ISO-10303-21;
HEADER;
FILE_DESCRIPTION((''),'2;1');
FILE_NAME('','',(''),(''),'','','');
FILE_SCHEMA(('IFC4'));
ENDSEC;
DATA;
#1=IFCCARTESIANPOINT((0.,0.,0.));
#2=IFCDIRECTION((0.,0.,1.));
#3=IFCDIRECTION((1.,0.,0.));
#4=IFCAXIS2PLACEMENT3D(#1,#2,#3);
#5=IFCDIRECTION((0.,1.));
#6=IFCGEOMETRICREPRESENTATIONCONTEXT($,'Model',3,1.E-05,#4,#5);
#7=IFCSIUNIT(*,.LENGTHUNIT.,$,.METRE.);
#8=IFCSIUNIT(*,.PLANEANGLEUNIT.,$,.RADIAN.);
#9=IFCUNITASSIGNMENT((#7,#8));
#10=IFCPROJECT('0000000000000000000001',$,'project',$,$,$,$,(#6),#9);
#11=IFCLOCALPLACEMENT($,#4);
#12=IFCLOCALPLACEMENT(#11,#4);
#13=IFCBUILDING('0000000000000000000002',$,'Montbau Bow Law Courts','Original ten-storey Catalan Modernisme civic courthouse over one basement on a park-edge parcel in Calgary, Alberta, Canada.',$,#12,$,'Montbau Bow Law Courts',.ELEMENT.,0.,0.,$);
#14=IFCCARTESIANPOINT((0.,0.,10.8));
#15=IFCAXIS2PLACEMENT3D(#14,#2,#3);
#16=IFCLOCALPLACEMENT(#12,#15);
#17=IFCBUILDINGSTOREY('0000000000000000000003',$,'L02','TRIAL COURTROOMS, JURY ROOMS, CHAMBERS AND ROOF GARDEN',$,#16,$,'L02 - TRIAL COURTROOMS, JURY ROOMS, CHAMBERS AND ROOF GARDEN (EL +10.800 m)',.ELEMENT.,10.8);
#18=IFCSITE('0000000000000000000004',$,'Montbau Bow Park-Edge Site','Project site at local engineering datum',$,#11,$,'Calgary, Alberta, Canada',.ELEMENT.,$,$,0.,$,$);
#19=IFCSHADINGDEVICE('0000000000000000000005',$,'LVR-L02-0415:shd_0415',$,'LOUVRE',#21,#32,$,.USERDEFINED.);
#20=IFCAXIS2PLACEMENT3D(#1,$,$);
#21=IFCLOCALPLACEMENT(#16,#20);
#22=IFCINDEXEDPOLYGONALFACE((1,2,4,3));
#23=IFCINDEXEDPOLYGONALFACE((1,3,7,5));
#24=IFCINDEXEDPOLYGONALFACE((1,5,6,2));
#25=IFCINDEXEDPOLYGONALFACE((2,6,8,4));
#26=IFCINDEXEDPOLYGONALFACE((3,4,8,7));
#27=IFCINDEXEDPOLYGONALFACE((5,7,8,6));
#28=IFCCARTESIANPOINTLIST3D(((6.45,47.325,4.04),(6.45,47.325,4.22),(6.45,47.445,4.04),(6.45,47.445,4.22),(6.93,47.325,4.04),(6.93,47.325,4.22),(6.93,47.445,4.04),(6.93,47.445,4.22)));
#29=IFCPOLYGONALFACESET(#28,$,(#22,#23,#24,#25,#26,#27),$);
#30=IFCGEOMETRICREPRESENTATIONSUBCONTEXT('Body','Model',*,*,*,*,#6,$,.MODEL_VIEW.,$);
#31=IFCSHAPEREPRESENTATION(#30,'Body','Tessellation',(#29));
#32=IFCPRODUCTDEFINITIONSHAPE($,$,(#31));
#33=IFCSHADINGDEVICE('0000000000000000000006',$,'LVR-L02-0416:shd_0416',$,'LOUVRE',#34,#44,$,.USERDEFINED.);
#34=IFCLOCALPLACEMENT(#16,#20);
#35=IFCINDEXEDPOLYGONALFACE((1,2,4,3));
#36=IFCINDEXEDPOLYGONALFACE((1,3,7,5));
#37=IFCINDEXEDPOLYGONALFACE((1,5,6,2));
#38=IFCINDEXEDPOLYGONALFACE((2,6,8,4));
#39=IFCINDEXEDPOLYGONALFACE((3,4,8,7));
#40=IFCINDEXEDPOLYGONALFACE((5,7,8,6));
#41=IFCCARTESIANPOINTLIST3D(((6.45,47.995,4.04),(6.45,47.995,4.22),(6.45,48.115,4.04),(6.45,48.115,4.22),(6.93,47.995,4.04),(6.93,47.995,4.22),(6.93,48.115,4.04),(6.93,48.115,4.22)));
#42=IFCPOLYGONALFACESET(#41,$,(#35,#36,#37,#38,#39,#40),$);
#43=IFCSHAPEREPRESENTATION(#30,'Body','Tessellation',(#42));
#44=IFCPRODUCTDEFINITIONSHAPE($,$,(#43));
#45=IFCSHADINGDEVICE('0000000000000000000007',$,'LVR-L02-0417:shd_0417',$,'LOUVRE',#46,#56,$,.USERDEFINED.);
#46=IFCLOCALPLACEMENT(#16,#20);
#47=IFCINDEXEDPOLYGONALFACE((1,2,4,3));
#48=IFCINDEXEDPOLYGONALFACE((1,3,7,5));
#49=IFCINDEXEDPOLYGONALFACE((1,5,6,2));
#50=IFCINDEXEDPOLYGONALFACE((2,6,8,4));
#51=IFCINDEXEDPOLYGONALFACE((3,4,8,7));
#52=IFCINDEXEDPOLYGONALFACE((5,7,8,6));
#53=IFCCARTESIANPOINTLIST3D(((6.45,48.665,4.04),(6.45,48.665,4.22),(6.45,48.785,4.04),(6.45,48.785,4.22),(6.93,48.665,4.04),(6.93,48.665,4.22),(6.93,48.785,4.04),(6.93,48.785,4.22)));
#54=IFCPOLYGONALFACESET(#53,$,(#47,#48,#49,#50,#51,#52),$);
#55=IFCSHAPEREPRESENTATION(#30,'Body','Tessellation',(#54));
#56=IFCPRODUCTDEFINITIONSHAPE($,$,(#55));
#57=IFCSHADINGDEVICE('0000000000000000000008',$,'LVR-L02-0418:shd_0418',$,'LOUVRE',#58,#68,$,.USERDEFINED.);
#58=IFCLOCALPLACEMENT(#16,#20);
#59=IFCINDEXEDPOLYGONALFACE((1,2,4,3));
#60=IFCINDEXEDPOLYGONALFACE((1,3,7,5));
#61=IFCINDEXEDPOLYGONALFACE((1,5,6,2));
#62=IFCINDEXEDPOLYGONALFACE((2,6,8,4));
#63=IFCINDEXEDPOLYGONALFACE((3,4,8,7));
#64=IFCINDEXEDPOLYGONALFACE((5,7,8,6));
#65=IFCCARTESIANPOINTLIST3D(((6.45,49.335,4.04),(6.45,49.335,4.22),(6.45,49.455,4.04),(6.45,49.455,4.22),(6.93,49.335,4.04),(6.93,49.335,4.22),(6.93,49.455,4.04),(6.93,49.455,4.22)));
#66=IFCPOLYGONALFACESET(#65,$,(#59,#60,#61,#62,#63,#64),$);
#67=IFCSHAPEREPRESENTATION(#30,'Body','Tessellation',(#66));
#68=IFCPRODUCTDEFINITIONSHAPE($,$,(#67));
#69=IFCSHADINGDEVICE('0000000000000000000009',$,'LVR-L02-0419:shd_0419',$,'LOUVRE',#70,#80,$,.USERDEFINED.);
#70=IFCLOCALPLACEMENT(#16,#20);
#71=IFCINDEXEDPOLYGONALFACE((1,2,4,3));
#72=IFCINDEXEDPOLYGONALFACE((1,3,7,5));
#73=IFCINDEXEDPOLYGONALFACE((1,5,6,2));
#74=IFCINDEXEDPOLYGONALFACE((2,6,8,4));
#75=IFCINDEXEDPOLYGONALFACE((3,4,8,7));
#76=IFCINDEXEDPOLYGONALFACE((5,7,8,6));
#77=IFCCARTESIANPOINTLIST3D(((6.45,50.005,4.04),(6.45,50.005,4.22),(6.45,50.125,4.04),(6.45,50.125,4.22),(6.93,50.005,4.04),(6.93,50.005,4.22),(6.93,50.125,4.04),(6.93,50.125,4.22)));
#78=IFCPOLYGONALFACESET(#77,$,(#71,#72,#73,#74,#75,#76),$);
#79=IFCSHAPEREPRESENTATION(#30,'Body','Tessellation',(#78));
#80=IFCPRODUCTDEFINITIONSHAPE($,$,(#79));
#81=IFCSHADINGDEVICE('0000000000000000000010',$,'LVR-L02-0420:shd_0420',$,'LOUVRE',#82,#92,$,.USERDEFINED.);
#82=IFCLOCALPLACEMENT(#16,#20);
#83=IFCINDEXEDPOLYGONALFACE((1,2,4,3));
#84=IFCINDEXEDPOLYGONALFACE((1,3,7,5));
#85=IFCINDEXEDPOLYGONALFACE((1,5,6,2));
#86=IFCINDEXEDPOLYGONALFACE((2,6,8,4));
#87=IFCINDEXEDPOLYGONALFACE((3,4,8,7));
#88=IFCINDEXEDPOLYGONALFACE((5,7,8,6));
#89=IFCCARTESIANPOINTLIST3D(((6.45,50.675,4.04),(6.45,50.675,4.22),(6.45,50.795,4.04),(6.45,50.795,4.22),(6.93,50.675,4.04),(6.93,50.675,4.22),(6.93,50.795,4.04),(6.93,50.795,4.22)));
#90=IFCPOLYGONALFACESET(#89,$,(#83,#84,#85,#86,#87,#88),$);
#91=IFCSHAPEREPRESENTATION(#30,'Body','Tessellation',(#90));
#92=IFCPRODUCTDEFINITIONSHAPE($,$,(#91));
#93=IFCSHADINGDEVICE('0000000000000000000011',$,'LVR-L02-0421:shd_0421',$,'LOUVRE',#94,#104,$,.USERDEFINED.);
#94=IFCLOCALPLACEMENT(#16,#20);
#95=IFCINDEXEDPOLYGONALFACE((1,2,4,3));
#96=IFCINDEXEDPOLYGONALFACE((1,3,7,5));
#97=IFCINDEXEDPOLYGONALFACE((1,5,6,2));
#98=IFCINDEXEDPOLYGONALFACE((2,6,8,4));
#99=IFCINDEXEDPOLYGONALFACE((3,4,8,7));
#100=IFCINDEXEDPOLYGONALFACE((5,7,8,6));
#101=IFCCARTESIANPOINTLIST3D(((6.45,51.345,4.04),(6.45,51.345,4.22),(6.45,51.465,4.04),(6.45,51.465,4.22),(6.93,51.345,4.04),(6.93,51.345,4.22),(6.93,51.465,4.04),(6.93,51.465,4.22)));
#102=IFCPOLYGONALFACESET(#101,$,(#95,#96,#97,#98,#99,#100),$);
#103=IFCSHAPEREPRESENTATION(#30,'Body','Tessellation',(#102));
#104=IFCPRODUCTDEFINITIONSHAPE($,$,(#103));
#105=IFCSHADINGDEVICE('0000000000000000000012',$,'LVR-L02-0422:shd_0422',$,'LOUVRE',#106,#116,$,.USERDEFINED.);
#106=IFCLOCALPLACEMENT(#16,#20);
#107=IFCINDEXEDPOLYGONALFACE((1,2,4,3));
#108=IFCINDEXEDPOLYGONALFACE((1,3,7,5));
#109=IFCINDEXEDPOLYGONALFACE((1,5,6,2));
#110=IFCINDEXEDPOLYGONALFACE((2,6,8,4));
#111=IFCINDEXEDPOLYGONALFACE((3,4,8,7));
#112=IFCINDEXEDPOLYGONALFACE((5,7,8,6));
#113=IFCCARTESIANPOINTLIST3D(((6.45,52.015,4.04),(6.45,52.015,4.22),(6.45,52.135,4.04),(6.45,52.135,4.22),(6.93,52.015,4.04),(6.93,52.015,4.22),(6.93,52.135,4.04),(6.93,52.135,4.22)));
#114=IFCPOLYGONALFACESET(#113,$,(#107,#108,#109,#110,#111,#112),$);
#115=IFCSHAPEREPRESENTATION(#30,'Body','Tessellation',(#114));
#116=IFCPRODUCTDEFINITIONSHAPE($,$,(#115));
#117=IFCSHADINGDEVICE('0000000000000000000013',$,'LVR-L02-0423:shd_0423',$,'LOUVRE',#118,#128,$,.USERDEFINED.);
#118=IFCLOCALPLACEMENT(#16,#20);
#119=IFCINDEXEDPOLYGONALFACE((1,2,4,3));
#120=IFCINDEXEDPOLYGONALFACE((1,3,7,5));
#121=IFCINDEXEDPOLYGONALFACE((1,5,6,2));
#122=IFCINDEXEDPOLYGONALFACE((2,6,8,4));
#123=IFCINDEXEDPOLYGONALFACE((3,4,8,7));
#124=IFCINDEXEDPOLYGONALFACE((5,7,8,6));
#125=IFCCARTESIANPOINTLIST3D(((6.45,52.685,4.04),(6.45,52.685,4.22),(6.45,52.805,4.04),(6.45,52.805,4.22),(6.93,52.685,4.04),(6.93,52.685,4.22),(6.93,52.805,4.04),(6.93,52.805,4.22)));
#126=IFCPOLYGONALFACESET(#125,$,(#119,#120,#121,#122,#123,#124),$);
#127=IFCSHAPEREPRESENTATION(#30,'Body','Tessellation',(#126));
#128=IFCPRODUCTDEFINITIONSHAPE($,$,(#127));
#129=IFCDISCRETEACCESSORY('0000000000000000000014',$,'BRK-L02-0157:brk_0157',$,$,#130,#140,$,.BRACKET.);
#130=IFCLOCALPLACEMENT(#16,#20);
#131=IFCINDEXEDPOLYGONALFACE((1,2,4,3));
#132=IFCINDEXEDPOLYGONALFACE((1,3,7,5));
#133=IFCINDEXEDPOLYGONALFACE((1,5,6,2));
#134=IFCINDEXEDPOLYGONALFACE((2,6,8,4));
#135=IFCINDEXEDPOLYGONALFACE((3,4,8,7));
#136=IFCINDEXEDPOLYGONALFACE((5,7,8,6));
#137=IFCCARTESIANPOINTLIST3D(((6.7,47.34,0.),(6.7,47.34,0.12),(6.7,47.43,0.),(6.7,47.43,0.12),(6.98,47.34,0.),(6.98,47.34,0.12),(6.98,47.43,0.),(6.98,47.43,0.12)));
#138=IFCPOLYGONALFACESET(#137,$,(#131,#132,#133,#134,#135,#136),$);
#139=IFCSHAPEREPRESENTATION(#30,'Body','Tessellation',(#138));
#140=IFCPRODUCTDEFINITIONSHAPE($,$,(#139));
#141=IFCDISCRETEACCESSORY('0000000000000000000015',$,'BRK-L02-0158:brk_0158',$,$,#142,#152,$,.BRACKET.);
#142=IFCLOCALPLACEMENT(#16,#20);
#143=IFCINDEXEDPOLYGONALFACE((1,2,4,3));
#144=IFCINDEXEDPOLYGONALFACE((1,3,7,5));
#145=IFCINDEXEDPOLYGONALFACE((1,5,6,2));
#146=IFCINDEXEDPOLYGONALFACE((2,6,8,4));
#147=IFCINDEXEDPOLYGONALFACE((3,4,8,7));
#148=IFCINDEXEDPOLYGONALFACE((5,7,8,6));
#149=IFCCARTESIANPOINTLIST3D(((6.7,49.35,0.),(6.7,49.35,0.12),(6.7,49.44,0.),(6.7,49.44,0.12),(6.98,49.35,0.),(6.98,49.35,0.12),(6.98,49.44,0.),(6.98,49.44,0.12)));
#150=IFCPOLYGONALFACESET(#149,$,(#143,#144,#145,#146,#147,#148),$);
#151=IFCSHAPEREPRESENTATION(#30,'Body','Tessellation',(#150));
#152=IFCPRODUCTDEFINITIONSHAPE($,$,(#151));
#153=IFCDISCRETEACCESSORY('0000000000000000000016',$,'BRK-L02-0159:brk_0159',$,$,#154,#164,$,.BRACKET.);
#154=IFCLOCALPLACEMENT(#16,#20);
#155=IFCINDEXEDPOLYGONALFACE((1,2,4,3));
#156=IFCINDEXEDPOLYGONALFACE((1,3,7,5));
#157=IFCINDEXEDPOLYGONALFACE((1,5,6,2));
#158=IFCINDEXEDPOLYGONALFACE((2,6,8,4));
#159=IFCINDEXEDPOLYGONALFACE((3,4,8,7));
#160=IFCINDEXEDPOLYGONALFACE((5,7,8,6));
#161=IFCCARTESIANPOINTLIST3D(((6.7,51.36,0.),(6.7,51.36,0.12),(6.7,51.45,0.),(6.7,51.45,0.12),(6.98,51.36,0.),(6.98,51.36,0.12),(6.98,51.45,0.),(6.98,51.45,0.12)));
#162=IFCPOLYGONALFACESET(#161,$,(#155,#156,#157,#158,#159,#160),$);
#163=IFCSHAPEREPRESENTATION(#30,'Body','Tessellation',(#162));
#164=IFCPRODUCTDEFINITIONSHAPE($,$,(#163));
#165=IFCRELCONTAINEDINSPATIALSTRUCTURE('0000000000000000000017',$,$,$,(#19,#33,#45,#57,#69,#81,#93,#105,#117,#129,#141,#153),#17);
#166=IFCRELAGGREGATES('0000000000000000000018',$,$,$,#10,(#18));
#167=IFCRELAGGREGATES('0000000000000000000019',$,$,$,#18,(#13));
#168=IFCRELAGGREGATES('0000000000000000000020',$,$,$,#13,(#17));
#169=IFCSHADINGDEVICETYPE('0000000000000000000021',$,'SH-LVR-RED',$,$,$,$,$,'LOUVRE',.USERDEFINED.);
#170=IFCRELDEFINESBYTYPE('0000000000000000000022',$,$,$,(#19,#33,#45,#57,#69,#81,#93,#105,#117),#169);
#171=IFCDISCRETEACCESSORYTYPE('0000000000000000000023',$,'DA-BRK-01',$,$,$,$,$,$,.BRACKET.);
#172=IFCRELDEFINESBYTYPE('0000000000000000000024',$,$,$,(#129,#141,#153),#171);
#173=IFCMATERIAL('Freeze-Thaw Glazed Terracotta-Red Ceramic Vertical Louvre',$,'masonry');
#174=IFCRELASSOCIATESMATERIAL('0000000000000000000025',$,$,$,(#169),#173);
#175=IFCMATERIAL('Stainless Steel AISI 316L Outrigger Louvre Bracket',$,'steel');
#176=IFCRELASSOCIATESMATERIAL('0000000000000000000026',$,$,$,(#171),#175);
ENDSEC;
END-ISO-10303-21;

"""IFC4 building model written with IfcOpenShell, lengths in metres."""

from ifc_helpers import new_model, si_unit, direction, frame, origin_with_axes, origin_2d_with_axis, place, context, subcontext, project, spatial, rectangle, extrude, material, type_object, element, save


model = new_model("IFC4")

# Units and contexts
model_context = context("Model", 3, precision=1e-05, world=origin_with_axes(), true_north=direction((0.0, 1.0)))
body_context = subcontext(model_context, "Body", "Model", "MODEL_VIEW")
ifc_project = project(units=[si_unit("LENGTHUNIT", "METRE"), si_unit("PLANEANGLEUNIT", "RADIAN")], contexts=[model_context])

# Site, building, storey
site_placement = place(None, origin_with_axes())
site = spatial("IfcSite", under=ifc_project, at=site_placement, Name="Montbau Bow Park-Edge Site", Description="Project site at local engineering datum", LongName="Calgary, Alberta, Canada", CompositionType="ELEMENT", RefElevation=0.0)
building_placement = place(site_placement, origin_with_axes())
building = spatial("IfcBuilding", under=site, at=building_placement, Name="Montbau Bow Law Courts", Description="Original ten-storey Catalan Modernisme civic courthouse over one basement on a park-edge parcel in Calgary, Alberta, Canada.", LongName="Montbau Bow Law Courts", CompositionType="ELEMENT", ElevationOfRefHeight=0.0, ElevationOfTerrain=0.0)
storey_placement = place(building_placement, frame((0.0, 0.0, 10.8), z_axis=(0.0, 0.0, 1.0), x_axis=(1.0, 0.0, 0.0)))
storey = spatial("IfcBuildingStorey", under=building, at=storey_placement, Name="L02", Description="TRIAL COURTROOMS, JURY ROOMS, CHAMBERS AND ROOF GARDEN", LongName="L02 - TRIAL COURTROOMS, JURY ROOMS, CHAMBERS AND ROOF GARDEN (EL +10.800 m)", CompositionType="ELEMENT", Elevation=10.8)

# Shared definitions
ifc_material_1 = material(Name="Freeze-Thaw Glazed Terracotta-Red Ceramic Vertical Louvre", Category="masonry")

# Shading devices
shading_device_type = type_object("IfcShadingDeviceType", Name="SH-LVR-RED", ElementType="LOUVRE", PredefinedType="USERDEFINED", material=ifc_material_1)
for number, where, z_axis, x_axis, name in (
    (1, (6.69, 47.385, 14.84), (0.0, 0.0, 1.0), (-1.0, 0.0, 0.0), "LVR-L02-0415:shd_0415"),
    (2, (6.69, 48.055, 14.84), (0.0, 0.0, 1.0), (-1.0, 0.0, 0.0), "LVR-L02-0416:shd_0416"),
    (3, (6.69, 48.725, 14.84), (0.0, 0.0, 1.0), (-1.0, 0.0, 0.0), "LVR-L02-0417:shd_0417"),
    (4, (6.69, 49.395, 14.84), (0.0, 0.0, 1.0), (-1.0, 0.0, 0.0), "LVR-L02-0418:shd_0418"),
    (5, (6.69, 50.065, 14.84), (0.0, 0.0, 1.0), (-1.0, 0.0, 0.0), "LVR-L02-0419:shd_0419"),
    (6, (6.69, 50.735, 14.84), (0.0, 0.0, 1.0), (-1.0, 0.0, 0.0), "LVR-L02-0420:shd_0420"),
    (7, (6.69, 51.405, 14.84), (0.0, 0.0, 1.0), (-1.0, 0.0, 0.0), "LVR-L02-0421:shd_0421"),
    (8, (6.69, 52.075, 14.84), (0.0, 0.0, 1.0), (-1.0, 0.0, 0.0), "LVR-L02-0422:shd_0422"),
    (9, (6.69, 52.745, 14.84), (0.0, 0.0, 1.0), (-1.0, 0.0, 0.0), "LVR-L02-0423:shd_0423"),
):
    element("IfcShadingDevice", number, at=place(None, frame(where, z_axis=z_axis, x_axis=x_axis)), inside=storey, type_object=shading_device_type, Name=name, ObjectType="LOUVRE", PredefinedType="USERDEFINED", context=body_context, shape_type="SweptSolid", body=[
        extrude(rectangle(XDim=0.48, YDim=0.12, at=origin_2d_with_axis()), origin_with_axes(), (0.0, 0.0, 1.0), 0.18),
    ])

# Discrete accessories
ifc_material_2 = material(Name="Stainless Steel AISI 316L Outrigger Louvre Bracket", Category="steel")
discrete_accessory_type = type_object("IfcDiscreteAccessoryType", Name="DA-BRK-01", PredefinedType="BRACKET", material=ifc_material_2)
for number, where, z_axis, x_axis, name in (
    (10, (6.84, 47.385, 10.8), (0.0, 0.0, 1.0), (-1.0, 0.0, 0.0), "BRK-L02-0157:brk_0157"),
    (11, (6.84, 49.395, 10.8), (0.0, 0.0, 1.0), (-1.0, 0.0, 0.0), "BRK-L02-0158:brk_0158"),
    (12, (6.84, 51.405, 10.8), (0.0, 0.0, 1.0), (-1.0, 0.0, 0.0), "BRK-L02-0159:brk_0159"),
):
    element("IfcDiscreteAccessory", number, at=place(None, frame(where, z_axis=z_axis, x_axis=x_axis)), inside=storey, type_object=discrete_accessory_type, Name=name, PredefinedType="BRACKET", context=body_context, shape_type="SweptSolid", body=[
        extrude(rectangle(XDim=0.28, YDim=0.09, at=origin_2d_with_axis()), origin_with_axes(), (0.0, 0.0, 1.0), 0.12),
    ])

save(model, "model.ifc")
